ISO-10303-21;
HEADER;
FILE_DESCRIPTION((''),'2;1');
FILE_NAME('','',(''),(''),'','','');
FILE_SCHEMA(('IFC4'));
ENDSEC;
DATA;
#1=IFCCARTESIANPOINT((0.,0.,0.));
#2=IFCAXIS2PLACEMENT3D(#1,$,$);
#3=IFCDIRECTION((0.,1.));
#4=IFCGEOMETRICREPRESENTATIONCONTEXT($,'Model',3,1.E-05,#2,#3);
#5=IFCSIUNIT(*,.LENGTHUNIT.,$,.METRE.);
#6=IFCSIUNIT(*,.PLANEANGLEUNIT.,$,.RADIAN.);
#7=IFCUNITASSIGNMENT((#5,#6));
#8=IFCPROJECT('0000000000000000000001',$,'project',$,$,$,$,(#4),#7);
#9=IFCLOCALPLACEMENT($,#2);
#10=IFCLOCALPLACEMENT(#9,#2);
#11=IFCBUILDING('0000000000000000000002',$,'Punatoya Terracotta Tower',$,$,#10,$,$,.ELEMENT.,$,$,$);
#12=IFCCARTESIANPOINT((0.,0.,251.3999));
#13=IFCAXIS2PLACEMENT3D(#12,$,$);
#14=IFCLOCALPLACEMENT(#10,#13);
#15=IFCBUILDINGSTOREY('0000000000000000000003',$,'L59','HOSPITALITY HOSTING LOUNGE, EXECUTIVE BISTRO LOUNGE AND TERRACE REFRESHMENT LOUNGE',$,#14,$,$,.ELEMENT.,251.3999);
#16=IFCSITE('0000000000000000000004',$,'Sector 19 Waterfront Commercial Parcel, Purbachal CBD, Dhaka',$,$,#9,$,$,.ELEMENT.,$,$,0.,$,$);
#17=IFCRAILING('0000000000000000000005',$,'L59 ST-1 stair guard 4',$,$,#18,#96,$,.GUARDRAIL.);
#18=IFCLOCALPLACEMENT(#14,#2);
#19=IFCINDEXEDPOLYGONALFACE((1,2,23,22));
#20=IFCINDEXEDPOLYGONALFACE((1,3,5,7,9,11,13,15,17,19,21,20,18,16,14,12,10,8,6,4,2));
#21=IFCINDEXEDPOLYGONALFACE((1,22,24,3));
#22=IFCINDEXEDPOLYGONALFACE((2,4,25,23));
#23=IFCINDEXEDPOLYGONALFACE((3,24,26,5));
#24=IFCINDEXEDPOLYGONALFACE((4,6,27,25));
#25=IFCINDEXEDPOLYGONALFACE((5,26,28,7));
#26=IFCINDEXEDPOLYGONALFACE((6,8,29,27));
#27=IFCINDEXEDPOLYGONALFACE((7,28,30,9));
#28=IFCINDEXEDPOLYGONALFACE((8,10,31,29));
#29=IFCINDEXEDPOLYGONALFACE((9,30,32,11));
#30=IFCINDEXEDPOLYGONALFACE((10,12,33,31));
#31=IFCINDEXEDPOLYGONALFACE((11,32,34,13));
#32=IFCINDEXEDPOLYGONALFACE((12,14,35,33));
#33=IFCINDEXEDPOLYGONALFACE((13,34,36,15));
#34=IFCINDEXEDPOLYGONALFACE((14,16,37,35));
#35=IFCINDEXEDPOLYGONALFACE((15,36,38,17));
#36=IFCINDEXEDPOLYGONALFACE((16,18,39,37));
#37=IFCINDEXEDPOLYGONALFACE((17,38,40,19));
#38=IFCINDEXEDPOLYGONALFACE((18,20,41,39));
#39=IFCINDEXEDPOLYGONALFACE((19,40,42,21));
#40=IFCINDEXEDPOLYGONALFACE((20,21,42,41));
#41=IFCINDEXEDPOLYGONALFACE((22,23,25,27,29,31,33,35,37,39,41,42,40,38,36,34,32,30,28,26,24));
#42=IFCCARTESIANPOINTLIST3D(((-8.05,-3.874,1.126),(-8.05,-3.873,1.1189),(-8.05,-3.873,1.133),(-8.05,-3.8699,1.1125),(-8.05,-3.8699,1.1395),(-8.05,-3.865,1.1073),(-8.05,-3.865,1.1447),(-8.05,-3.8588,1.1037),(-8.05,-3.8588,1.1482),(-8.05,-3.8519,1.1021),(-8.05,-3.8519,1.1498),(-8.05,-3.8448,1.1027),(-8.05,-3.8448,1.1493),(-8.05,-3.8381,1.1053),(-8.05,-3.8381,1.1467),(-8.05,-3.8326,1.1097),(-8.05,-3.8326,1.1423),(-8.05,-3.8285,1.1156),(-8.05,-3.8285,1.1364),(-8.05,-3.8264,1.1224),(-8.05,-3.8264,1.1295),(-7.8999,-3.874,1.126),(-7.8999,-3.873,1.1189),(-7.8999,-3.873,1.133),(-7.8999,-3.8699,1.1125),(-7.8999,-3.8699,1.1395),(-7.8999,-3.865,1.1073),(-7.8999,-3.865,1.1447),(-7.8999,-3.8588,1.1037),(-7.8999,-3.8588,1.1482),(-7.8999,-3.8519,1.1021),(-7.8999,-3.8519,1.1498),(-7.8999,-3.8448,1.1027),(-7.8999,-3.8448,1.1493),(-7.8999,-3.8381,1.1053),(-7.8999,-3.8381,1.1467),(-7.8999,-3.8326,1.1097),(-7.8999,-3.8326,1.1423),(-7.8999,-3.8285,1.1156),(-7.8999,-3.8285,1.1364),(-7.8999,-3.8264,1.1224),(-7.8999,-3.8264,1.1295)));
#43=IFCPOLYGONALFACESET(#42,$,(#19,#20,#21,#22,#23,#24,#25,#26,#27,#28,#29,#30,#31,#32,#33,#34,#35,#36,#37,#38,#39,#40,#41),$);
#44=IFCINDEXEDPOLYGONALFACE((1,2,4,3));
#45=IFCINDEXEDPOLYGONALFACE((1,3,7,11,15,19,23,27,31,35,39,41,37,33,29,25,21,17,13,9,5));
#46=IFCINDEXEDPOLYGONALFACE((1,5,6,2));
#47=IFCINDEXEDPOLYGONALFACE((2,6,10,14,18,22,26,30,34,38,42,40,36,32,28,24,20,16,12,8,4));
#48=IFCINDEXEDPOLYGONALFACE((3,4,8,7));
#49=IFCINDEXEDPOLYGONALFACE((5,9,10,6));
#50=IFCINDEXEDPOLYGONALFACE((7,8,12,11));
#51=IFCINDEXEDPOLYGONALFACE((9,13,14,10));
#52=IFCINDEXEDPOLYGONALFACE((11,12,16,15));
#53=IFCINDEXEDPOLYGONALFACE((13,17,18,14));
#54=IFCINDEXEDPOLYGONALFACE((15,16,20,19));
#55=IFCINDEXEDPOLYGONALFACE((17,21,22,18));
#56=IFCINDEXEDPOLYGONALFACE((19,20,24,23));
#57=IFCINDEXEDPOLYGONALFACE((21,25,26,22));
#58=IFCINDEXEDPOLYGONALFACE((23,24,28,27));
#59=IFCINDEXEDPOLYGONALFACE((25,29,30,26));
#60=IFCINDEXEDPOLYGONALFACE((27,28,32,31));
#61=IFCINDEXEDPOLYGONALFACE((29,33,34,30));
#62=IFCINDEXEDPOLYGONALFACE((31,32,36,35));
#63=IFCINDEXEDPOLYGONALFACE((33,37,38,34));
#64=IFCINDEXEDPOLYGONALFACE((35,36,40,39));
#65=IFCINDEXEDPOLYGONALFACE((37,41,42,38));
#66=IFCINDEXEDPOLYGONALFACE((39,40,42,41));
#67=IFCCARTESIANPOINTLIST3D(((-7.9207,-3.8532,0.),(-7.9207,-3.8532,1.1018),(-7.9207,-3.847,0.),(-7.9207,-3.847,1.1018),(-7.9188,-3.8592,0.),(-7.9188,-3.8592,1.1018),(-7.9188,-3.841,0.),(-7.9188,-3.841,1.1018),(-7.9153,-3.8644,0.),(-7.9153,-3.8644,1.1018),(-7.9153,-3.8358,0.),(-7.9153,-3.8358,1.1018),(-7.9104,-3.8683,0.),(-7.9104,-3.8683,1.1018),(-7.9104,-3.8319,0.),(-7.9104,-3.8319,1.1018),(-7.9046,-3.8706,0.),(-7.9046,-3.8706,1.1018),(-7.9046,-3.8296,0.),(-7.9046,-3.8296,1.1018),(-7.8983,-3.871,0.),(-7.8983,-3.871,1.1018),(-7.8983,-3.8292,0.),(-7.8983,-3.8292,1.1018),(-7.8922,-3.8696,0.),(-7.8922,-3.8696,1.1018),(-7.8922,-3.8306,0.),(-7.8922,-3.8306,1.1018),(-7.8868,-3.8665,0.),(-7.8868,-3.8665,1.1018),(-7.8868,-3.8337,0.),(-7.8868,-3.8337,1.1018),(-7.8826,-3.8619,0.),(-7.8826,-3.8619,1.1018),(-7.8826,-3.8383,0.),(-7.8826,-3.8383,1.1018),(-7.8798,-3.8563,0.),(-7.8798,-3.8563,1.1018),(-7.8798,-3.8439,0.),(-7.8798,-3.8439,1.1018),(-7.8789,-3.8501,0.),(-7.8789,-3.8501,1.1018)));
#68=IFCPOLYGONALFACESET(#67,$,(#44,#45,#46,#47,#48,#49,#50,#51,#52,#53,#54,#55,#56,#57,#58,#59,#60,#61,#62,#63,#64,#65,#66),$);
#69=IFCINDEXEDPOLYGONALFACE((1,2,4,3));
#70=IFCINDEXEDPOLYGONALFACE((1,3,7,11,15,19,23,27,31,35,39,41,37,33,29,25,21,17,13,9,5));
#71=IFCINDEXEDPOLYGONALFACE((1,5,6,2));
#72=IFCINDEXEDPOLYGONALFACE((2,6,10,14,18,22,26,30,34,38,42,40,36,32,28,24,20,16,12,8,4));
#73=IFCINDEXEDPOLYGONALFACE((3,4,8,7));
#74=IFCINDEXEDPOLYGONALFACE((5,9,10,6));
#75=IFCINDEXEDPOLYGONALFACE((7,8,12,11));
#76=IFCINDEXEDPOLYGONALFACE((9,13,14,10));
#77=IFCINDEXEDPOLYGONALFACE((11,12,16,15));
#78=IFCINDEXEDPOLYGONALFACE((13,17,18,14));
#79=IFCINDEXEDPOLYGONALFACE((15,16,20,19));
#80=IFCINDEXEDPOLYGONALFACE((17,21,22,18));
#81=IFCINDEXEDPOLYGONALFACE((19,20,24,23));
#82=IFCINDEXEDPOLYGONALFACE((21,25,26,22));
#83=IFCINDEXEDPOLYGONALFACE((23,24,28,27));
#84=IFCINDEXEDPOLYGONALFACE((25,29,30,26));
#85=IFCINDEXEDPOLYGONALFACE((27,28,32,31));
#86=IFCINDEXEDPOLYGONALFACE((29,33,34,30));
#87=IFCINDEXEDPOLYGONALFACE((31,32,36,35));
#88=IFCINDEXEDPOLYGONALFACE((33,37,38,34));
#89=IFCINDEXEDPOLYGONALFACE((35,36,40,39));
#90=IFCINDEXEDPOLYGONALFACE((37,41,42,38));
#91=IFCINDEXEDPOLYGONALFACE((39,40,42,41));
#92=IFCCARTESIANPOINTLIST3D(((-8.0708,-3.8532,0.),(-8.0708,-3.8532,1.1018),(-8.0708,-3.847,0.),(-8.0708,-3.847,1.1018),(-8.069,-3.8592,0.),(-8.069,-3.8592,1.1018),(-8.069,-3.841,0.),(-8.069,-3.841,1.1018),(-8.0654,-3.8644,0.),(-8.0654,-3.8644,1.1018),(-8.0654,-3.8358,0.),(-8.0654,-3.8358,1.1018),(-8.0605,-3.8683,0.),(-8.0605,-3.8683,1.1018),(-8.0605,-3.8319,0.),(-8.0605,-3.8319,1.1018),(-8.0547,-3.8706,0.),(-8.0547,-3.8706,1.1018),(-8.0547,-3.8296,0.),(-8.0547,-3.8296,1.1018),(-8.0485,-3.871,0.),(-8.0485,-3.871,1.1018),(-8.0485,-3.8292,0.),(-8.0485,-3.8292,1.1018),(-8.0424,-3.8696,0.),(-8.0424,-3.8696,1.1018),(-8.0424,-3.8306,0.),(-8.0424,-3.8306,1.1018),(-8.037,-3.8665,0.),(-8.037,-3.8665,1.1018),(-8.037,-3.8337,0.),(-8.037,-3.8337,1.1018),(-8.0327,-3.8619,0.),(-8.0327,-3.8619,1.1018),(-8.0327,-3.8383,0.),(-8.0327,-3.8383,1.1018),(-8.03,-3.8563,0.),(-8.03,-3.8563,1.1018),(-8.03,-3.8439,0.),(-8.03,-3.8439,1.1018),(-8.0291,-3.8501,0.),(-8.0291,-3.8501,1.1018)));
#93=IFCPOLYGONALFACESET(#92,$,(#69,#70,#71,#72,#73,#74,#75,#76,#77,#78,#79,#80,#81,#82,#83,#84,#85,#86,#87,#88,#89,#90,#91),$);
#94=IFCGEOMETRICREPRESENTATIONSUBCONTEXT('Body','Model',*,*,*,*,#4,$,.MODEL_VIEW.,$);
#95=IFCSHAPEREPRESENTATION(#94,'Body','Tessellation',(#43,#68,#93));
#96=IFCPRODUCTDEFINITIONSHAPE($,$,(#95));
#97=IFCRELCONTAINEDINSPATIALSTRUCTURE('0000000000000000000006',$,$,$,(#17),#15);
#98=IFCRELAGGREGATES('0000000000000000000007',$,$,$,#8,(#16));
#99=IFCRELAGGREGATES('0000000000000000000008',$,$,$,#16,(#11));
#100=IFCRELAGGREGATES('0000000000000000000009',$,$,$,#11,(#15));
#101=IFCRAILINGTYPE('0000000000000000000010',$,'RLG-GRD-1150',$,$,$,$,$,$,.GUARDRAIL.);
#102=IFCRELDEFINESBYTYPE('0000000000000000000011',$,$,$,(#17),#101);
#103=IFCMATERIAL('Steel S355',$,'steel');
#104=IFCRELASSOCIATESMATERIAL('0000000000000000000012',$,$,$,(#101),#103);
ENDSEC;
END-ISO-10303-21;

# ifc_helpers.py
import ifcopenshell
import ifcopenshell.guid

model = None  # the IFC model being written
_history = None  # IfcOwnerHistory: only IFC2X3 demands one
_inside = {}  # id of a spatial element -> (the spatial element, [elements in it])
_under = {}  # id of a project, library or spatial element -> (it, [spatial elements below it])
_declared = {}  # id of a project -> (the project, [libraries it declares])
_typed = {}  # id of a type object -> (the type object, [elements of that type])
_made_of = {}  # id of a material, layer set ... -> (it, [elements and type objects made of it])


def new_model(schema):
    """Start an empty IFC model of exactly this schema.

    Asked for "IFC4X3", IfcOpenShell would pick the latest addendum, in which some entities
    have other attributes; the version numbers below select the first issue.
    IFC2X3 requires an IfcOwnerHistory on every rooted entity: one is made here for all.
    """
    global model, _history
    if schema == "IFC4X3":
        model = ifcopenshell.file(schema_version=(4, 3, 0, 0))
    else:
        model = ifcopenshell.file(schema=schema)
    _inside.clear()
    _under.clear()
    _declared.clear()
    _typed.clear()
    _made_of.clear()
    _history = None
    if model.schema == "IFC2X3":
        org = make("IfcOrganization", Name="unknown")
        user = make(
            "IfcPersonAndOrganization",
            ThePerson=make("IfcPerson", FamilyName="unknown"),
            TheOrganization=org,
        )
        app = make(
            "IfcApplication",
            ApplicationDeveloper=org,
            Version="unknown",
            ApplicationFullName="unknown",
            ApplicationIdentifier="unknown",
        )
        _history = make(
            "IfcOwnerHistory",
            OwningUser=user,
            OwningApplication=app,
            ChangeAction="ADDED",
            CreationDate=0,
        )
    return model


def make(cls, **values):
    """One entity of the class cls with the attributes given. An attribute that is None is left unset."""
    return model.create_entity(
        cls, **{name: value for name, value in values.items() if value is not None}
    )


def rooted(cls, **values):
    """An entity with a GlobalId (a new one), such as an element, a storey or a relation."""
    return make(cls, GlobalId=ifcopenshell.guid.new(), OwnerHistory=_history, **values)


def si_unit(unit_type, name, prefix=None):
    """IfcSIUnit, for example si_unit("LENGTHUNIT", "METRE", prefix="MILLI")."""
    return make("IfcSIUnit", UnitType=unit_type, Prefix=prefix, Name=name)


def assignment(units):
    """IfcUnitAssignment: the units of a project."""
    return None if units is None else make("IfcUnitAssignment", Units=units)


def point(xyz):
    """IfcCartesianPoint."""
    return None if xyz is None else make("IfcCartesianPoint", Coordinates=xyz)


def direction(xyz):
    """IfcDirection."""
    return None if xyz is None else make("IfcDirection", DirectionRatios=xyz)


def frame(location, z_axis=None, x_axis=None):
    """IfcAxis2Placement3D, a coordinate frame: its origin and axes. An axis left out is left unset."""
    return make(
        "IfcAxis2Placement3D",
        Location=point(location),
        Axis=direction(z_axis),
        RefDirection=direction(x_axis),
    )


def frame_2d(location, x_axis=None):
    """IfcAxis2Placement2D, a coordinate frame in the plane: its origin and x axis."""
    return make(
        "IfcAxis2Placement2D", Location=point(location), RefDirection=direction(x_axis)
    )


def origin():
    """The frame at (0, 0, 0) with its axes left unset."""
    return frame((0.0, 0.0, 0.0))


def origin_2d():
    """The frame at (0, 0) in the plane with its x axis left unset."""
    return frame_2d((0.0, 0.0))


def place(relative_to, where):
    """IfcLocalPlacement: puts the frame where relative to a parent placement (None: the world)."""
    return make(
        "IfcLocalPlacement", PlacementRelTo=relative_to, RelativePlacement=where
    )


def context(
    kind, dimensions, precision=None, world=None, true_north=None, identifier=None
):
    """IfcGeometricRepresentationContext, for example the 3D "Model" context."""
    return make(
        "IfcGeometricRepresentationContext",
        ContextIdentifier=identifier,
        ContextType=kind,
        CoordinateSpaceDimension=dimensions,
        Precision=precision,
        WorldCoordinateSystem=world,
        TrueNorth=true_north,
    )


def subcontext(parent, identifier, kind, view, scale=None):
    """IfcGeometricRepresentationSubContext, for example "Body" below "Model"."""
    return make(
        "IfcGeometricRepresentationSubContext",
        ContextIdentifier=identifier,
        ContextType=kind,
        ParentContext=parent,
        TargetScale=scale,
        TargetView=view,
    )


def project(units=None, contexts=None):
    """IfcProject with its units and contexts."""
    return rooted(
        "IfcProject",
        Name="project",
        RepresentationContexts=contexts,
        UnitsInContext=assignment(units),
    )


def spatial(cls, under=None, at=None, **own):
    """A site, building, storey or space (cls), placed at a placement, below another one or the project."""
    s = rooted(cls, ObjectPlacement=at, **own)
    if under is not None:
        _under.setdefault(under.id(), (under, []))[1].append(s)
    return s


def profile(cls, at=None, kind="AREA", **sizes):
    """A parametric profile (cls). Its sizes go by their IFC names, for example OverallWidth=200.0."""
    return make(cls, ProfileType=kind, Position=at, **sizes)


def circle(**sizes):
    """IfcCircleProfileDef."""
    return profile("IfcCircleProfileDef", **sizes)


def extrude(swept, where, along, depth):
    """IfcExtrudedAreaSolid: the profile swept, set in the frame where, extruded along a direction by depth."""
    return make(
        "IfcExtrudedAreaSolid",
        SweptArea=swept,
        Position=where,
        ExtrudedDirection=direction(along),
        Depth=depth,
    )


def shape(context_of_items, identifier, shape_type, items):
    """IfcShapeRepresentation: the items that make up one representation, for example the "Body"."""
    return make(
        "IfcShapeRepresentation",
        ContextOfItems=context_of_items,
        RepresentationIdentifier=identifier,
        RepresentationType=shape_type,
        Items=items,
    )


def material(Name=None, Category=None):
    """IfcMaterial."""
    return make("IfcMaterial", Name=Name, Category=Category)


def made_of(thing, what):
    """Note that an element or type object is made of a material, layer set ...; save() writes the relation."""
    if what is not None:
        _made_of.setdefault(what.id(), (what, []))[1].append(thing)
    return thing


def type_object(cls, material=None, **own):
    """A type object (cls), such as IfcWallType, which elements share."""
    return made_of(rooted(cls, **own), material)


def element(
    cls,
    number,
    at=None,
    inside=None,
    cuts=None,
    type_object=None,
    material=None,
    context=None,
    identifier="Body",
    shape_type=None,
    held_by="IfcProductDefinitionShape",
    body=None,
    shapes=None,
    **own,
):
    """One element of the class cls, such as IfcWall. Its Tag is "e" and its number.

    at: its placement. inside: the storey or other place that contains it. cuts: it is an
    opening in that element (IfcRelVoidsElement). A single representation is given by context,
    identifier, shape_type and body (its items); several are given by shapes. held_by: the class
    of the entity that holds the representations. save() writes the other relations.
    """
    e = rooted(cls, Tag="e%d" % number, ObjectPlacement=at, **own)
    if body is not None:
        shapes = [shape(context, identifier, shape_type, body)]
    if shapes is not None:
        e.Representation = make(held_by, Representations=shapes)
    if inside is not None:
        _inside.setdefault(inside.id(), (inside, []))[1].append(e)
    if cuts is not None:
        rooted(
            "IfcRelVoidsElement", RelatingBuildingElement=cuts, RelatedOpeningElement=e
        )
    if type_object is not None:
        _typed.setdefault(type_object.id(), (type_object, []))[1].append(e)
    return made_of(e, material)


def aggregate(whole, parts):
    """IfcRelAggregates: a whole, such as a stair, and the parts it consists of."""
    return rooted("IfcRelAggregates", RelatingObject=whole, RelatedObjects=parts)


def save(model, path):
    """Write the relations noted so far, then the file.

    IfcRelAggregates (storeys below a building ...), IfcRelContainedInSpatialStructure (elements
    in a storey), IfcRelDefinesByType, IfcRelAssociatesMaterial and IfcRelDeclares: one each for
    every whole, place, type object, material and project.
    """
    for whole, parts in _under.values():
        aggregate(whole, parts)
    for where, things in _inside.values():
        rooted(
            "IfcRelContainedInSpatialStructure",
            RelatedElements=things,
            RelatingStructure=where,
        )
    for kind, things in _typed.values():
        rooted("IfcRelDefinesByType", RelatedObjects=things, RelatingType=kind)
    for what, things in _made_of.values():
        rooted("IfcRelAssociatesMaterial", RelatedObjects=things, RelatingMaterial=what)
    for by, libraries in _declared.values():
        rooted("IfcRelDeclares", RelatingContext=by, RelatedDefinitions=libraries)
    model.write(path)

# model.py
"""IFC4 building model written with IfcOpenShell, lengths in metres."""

from ifc_helpers import new_model, si_unit, direction, frame, origin, origin_2d, place, context, subcontext, project, spatial, circle, extrude, material, type_object, element, save


model = new_model("IFC4")

# Units and contexts
model_context = context("Model", 3, precision=1e-05, world=origin(), true_north=direction((0.0, 1.0)))
body_context = subcontext(model_context, "Body", "Model", "MODEL_VIEW")
ifc_project = project(units=[si_unit("LENGTHUNIT", "METRE"), si_unit("PLANEANGLEUNIT", "RADIAN")], contexts=[model_context])

# Site, building, storey
site_placement = place(None, origin())
site = spatial("IfcSite", under=ifc_project, at=site_placement, Name="Sector 19 Waterfront Commercial Parcel, Purbachal CBD, Dhaka", CompositionType="ELEMENT", RefElevation=0.0)
building_placement = place(site_placement, origin())
building = spatial("IfcBuilding", under=site, at=building_placement, Name="Punatoya Terracotta Tower", CompositionType="ELEMENT")
storey_placement = place(building_placement, frame((0.0, 0.0, 251.3999)))
storey = spatial("IfcBuildingStorey", under=building, at=storey_placement, Name="L59", Description="HOSPITALITY HOSTING LOUNGE, EXECUTIVE BISTRO LOUNGE AND TERRACE REFRESHMENT LOUNGE", CompositionType="ELEMENT", Elevation=251.3999)

# Railing
ifc_material_1 = material(Name="Steel S355", Category="steel")
railing_type_1 = type_object("IfcRailingType", Name="RLG-GRD-1150", PredefinedType="GUARDRAIL", material=ifc_material_1)
railing_1_placement = place(storey_placement, frame((-7.8999, -3.8501, 0.0)))
element("IfcRailing", 1, at=railing_1_placement, inside=storey, type_object=railing_type_1, Name="L59 ST-1 stair guard 4", PredefinedType="GUARDRAIL", context=body_context, shape_type="SweptSolid", body=[
    extrude(circle(Radius=0.0239, at=origin_2d()), frame((0.0, 0.0, 1.126), z_axis=(-1.0, 0.0, 0.0), x_axis=(0.0, -1.0, 0.0)), (0.0, 0.0, 1.0), 0.1501),
    extrude(circle(Radius=0.021, at=origin_2d()), origin(), (0.0, 0.0, 1.0), 1.1018),
    extrude(circle(Radius=0.021, at=origin_2d()), frame((-0.1501, 0.0, 0.0)), (0.0, 0.0, 1.0), 1.1018),
])

save(model, "model.ifc")
